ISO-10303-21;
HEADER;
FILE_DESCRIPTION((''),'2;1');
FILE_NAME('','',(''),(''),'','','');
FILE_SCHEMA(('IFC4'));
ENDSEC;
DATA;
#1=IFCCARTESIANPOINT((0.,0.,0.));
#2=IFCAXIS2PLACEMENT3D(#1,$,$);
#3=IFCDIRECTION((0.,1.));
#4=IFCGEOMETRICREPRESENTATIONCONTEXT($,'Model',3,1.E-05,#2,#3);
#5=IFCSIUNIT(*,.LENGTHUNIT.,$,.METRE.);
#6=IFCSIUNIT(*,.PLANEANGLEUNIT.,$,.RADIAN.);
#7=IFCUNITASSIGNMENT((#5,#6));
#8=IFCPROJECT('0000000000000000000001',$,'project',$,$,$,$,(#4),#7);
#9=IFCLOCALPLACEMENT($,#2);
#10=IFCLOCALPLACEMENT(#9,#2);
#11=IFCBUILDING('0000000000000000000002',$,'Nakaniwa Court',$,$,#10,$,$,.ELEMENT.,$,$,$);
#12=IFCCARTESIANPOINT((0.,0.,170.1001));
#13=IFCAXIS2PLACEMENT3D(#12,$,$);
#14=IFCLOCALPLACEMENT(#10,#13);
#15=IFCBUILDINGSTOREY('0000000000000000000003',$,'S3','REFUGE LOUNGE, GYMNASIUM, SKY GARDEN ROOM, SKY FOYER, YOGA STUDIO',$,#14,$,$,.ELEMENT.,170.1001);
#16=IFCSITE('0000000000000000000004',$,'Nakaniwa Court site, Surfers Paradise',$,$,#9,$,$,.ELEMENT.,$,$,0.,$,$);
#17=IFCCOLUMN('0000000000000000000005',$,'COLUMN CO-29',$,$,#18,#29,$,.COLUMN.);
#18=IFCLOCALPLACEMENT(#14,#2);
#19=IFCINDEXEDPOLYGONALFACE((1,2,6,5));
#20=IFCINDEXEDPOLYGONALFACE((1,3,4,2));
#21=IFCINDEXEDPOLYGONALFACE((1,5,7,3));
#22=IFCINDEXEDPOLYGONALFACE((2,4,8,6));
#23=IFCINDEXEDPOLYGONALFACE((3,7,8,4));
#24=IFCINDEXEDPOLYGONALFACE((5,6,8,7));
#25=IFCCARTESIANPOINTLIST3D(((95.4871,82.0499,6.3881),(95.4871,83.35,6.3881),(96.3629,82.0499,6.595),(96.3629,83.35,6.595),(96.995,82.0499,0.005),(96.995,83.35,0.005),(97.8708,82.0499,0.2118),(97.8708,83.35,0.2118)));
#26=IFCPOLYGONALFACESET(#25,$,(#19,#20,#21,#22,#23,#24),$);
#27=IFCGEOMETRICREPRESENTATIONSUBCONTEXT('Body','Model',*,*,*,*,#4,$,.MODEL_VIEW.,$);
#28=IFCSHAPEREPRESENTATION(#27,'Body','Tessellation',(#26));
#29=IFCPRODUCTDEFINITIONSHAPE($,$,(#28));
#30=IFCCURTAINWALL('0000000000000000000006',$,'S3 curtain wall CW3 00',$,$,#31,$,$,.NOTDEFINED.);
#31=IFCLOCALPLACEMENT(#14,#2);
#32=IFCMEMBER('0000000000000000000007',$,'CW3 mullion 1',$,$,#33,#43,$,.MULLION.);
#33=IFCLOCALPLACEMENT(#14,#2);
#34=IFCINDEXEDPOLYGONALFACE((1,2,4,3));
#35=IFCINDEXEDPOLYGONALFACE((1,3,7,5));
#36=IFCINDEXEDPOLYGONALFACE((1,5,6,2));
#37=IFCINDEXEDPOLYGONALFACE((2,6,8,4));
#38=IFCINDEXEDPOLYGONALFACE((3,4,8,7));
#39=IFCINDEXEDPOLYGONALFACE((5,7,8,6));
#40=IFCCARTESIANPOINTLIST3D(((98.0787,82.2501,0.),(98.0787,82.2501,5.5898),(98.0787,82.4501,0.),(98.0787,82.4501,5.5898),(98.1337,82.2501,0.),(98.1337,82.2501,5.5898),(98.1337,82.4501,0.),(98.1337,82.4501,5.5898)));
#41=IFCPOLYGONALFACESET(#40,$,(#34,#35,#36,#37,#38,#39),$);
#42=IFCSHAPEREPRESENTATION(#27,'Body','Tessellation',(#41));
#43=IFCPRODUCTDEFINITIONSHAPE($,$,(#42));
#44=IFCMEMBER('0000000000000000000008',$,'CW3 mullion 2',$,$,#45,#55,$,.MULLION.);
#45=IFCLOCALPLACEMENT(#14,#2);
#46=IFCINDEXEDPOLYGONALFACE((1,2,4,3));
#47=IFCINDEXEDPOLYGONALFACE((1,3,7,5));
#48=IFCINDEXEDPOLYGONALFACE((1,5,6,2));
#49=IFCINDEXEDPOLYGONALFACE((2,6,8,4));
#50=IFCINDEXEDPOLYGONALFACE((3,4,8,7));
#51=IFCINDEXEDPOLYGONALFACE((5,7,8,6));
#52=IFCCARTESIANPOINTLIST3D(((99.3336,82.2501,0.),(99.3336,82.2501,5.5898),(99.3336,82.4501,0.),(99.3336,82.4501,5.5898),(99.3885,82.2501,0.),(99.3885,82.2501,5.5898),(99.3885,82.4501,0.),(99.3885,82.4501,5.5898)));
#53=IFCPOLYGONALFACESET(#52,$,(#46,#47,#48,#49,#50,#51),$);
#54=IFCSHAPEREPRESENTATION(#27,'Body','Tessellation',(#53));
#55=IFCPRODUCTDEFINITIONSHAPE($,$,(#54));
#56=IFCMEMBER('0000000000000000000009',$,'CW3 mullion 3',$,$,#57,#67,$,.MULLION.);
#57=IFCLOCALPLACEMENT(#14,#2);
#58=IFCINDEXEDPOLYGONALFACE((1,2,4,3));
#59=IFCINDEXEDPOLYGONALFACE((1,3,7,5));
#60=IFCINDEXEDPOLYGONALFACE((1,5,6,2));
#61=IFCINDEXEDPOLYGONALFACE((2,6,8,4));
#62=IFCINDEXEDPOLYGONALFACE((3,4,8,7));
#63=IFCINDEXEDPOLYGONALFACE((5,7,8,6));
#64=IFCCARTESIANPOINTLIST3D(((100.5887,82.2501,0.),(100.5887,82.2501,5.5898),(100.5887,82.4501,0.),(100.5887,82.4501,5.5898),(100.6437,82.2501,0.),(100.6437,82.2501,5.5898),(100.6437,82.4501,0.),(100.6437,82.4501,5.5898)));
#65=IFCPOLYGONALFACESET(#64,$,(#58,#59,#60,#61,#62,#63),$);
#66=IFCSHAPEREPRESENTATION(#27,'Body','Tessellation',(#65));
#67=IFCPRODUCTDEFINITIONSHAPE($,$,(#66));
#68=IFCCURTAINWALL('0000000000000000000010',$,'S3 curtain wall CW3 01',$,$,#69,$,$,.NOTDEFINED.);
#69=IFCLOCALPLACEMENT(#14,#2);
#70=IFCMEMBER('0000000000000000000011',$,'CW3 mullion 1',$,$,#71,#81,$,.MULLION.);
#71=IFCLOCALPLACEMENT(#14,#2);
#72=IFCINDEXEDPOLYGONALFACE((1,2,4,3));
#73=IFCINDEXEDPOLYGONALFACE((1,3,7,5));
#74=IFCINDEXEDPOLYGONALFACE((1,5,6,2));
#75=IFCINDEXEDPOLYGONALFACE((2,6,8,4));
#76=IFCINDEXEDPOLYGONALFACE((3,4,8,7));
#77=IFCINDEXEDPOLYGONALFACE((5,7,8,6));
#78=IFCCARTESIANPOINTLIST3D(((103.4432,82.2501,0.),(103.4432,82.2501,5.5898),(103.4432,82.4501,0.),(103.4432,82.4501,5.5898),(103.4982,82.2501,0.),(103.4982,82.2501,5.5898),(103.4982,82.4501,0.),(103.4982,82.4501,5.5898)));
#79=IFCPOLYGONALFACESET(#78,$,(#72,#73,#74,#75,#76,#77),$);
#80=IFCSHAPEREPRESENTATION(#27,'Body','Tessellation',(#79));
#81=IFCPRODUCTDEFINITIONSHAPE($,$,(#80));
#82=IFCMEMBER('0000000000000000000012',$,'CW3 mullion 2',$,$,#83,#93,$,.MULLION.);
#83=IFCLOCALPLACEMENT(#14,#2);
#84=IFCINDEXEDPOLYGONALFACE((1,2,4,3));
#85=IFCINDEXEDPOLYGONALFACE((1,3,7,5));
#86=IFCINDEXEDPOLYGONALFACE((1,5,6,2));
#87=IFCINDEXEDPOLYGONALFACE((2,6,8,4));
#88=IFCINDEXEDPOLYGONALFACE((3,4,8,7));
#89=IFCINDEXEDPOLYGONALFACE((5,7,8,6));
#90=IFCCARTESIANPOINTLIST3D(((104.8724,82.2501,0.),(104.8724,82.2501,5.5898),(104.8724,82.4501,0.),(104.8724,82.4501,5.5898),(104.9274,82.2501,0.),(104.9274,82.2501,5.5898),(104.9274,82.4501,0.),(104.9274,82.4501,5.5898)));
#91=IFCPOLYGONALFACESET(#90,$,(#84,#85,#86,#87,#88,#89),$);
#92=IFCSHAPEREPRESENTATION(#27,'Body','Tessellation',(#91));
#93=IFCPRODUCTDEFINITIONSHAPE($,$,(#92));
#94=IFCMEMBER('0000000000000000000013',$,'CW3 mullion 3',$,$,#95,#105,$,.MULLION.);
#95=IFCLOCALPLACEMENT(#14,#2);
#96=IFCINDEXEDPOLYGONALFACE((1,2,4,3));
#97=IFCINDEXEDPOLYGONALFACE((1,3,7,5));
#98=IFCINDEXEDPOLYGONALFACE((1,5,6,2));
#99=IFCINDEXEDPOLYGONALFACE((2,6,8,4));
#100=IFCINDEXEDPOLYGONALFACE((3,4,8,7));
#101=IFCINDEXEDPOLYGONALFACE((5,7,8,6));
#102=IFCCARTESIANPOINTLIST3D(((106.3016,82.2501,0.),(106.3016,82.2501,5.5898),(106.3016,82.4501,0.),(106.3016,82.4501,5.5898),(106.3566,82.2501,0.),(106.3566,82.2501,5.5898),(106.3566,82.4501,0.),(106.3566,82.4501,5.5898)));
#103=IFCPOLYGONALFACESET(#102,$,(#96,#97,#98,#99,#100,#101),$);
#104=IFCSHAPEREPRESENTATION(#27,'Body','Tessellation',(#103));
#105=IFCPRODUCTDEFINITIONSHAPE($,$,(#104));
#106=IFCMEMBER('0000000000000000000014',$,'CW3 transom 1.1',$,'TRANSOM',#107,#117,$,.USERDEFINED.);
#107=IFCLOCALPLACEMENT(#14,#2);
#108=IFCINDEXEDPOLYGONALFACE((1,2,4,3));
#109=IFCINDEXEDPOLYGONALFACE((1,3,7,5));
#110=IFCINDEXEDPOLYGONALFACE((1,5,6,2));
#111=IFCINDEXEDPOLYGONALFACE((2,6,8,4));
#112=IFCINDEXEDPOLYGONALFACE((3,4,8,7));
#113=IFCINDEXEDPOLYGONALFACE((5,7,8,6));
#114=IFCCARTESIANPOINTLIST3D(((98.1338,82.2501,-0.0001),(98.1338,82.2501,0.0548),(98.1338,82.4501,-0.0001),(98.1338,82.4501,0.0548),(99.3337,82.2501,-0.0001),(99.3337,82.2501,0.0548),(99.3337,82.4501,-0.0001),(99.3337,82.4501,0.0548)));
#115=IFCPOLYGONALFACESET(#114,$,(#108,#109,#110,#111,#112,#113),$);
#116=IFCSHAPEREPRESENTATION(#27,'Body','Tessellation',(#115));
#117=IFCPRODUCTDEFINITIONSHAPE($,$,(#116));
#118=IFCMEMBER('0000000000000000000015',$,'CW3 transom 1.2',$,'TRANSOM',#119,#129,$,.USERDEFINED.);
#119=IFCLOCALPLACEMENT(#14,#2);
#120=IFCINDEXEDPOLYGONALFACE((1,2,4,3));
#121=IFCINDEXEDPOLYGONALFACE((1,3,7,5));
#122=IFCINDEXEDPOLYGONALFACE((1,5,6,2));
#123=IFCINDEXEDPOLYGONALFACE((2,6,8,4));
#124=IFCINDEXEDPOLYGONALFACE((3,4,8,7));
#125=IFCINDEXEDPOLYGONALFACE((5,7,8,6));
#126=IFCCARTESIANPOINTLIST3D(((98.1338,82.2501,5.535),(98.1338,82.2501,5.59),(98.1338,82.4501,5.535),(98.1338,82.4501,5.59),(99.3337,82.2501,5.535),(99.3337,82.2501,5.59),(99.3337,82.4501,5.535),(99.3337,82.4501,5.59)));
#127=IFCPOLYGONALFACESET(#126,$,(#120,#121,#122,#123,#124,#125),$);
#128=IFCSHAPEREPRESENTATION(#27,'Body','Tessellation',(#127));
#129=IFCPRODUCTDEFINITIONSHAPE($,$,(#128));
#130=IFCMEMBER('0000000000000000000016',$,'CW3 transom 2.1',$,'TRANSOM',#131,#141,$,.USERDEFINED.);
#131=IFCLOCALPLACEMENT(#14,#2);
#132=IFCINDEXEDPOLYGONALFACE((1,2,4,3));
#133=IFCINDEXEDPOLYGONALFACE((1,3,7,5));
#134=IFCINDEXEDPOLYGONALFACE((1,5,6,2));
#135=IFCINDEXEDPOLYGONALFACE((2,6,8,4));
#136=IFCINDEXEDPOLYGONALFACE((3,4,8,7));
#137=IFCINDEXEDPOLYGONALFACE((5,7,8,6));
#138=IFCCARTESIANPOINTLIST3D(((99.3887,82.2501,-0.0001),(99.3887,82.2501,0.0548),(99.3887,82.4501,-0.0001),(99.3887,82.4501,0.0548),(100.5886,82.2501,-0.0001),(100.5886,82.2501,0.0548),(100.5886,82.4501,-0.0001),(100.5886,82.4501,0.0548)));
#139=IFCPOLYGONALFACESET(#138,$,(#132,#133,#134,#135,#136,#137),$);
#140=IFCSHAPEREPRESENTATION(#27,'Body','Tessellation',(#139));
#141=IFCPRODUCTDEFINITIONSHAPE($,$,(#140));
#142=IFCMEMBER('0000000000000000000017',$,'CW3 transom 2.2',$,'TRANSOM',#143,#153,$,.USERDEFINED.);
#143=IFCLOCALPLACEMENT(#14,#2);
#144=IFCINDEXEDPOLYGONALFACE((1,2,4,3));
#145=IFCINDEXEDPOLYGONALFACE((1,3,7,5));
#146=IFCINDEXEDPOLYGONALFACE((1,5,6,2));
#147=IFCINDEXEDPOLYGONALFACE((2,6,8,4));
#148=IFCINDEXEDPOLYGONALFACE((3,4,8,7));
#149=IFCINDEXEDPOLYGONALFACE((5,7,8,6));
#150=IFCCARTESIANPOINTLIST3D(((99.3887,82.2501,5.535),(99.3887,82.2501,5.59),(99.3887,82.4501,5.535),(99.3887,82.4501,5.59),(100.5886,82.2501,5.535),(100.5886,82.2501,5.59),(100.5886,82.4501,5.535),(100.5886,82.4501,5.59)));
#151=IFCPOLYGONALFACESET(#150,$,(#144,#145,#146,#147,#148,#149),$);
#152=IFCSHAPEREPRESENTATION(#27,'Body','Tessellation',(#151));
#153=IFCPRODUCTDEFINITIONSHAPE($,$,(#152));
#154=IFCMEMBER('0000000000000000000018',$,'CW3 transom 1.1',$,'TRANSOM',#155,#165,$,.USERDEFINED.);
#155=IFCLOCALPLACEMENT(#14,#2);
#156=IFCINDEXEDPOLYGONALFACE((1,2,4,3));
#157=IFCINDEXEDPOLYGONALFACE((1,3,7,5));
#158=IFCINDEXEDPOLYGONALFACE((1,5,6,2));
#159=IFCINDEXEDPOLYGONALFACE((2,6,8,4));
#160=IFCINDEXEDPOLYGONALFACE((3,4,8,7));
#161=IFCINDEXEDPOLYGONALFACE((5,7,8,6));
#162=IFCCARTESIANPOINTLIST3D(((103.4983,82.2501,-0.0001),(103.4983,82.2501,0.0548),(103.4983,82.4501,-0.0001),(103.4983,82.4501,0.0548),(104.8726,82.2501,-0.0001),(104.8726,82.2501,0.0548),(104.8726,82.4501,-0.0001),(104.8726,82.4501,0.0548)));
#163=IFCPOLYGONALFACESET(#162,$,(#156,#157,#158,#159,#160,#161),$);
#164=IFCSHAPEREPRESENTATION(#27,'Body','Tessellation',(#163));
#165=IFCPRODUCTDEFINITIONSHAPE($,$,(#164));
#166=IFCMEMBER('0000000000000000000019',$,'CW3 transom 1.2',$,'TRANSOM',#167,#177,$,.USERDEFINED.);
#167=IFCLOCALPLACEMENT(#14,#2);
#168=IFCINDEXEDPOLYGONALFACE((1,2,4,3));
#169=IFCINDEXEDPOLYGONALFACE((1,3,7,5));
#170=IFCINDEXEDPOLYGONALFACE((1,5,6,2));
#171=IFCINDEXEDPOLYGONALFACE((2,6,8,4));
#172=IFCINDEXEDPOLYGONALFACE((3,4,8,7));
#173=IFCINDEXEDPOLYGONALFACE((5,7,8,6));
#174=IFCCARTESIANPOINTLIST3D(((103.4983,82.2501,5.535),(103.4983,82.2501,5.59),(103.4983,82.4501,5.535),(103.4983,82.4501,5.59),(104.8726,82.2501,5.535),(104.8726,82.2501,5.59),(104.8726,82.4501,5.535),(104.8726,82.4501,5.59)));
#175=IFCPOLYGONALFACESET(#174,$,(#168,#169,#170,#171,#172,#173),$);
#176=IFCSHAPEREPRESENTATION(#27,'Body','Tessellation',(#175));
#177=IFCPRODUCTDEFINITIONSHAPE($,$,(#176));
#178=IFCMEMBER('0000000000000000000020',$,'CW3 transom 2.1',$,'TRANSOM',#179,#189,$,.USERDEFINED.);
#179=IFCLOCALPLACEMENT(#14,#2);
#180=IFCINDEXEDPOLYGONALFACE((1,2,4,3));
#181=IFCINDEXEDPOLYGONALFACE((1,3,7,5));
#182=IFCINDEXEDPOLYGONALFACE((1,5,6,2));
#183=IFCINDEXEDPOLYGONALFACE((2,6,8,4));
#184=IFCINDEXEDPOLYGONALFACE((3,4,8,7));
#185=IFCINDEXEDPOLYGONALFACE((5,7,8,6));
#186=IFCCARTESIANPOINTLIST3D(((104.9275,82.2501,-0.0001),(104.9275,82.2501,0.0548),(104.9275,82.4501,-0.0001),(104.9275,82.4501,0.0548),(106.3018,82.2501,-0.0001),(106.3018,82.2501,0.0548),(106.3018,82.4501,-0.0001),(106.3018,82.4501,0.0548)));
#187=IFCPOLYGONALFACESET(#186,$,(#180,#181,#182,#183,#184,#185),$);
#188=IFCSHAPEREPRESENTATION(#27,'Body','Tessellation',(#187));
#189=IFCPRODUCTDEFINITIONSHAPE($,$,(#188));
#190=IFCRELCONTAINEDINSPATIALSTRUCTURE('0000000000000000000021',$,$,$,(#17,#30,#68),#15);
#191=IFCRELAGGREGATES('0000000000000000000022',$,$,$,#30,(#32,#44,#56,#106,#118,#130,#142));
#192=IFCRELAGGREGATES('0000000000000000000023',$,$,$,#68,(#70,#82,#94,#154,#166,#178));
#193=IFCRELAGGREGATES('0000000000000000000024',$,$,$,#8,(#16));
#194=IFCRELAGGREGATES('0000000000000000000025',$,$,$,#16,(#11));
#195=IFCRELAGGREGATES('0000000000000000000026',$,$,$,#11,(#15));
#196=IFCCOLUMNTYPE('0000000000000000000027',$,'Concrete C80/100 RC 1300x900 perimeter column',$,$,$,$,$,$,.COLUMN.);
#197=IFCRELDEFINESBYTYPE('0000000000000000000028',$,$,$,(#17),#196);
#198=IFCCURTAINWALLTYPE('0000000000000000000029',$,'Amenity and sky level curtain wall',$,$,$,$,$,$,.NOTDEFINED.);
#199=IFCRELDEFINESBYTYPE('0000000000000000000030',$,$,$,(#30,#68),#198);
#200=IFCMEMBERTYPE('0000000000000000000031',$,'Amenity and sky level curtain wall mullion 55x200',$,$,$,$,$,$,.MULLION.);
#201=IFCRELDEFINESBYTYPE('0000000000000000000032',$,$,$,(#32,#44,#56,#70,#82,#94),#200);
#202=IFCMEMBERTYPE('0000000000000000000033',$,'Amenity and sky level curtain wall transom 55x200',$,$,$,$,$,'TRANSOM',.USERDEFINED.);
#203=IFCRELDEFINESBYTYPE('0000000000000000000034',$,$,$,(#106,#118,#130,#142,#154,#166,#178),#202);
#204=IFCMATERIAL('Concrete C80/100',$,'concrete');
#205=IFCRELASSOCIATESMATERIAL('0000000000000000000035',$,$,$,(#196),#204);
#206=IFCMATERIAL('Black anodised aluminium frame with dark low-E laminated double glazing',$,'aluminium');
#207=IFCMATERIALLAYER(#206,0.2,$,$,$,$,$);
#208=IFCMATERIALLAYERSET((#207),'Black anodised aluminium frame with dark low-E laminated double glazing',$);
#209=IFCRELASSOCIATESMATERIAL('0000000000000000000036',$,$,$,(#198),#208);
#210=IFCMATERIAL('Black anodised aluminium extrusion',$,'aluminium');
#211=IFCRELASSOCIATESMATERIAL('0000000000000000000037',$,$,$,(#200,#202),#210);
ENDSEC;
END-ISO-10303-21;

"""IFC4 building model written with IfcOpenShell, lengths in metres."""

from ifc_helpers import new_model, si_unit, direction, frame, origin, origin_2d, place, context, subcontext, project, spatial, rectangle, extrude, material, layer, layer_set, material_profile, profile_set, type_object, element, aggregate, save


model = new_model("IFC4")

# Units and contexts
model_context = context("Model", 3, precision=1e-05, world=origin(), true_north=direction((0.0, 1.0)))
body_context = subcontext(model_context, "Body", "Model", "MODEL_VIEW")
ifc_project = project(units=[si_unit("LENGTHUNIT", "METRE"), si_unit("PLANEANGLEUNIT", "RADIAN")], contexts=[model_context])

# Site, building, storey
site_placement = place(None, origin())
site = spatial("IfcSite", under=ifc_project, at=site_placement, Name="Nakaniwa Court site, Surfers Paradise", CompositionType="ELEMENT", RefElevation=0.0)
building_placement = place(site_placement, origin())
building = spatial("IfcBuilding", under=site, at=building_placement, Name="Nakaniwa Court", CompositionType="ELEMENT")
storey_placement = place(building_placement, frame((0.0, 0.0, 170.1001)))
storey = spatial("IfcBuildingStorey", under=building, at=storey_placement, Name="S3", Description="REFUGE LOUNGE, GYMNASIUM, SKY GARDEN ROOM, SKY FOYER, YOGA STUDIO", CompositionType="ELEMENT", Elevation=170.1001)

# Column
ifc_material_1 = material(Name="Concrete C80/100", Category="concrete")
ifc_material_profile_1 = material_profile(ifc_material_1, rectangle(XDim=1.3, YDim=0.8999, at=origin_2d()), Name="Concrete C80/100 RC 1300x900 perimeter column")
ifc_profile_set_1 = profile_set([ifc_material_profile_1], Name="Concrete C80/100")
column_type = type_object("IfcColumnType", Name="Concrete C80/100 RC 1300x900 perimeter column", PredefinedType="COLUMN", material=ifc_profile_set_1)
column_placement = place(storey_placement, frame((97.4329, 82.7, 0.1084), z_axis=(-0.229894, 0.0, 0.973216), x_axis=(0.0, -1.0, 0.0)))
element("IfcColumn", 1, at=column_placement, inside=storey, type_object=column_type, Name="COLUMN CO-29", PredefinedType="COLUMN", context=body_context, shape_type="SweptSolid", body=[
    extrude(rectangle(XDim=1.3, YDim=0.8999, at=origin_2d()), origin(), (0.0, 0.0, 1.0), 6.5588),
])

# Curtain walls, members
ifc_material_2 = material(Name="Black anodised aluminium frame with dark low-E laminated double glazing", Category="aluminium")
ifc_layer_1 = layer(ifc_material_2, 0.2)
ifc_layer_set_1 = layer_set([ifc_layer_1], Name="Black anodised aluminium frame with dark low-E laminated double glazing")
curtain_wall_type = type_object("IfcCurtainWallType", Name="Amenity and sky level curtain wall", PredefinedType="NOTDEFINED", material=ifc_layer_set_1)
curtain_wall_1_placement = place(storey_placement, origin())
curtain_wall_1 = element("IfcCurtainWall", 2, at=curtain_wall_1_placement, inside=storey, type_object=curtain_wall_type, Name="S3 curtain wall CW3 00", PredefinedType="NOTDEFINED")
ifc_material_3 = material(Name="Black anodised aluminium extrusion", Category="aluminium")
ifc_material_profile_2 = material_profile(ifc_material_3, rectangle(XDim=0.2, YDim=0.0549, at=origin_2d()), Name="Amenity and sky level curtain wall mullion 55x200")
ifc_profile_set_2 = profile_set([ifc_material_profile_2], Name="Black anodised aluminium extrusion")
member_type_1 = type_object("IfcMemberType", Name="Amenity and sky level curtain wall mullion 55x200", PredefinedType="MULLION", material=ifc_profile_set_2)
member_1_placement = place(storey_placement, frame((98.1062, 82.3501, 0.0), z_axis=(0.0, 0.0, 1.0), x_axis=(0.0, 1.0, 0.0)))
member_1 = element("IfcMember", 3, at=member_1_placement, type_object=member_type_1, Name="CW3 mullion 1", PredefinedType="MULLION", context=body_context, shape_type="SweptSolid", body=[
    extrude(rectangle(XDim=0.2, YDim=0.0549, at=origin_2d()), origin(), (0.0, 0.0, 1.0), 5.5898),
])
member_2_placement = place(storey_placement, frame((99.3611, 82.3501, 0.0), z_axis=(0.0, 0.0, 1.0), x_axis=(0.0, 1.0, 0.0)))
member_2 = element("IfcMember", 4, at=member_2_placement, type_object=member_type_1, Name="CW3 mullion 2", PredefinedType="MULLION", context=body_context, shape_type="SweptSolid", body=[
    extrude(rectangle(XDim=0.2, YDim=0.0549, at=origin_2d()), origin(), (0.0, 0.0, 1.0), 5.5898),
])
member_3_placement = place(storey_placement, frame((100.6162, 82.3501, 0.0), z_axis=(0.0, 0.0, 1.0), x_axis=(0.0, 1.0, 0.0)))
member_3 = element("IfcMember", 5, at=member_3_placement, type_object=member_type_1, Name="CW3 mullion 3", PredefinedType="MULLION", context=body_context, shape_type="SweptSolid", body=[
    extrude(rectangle(XDim=0.2, YDim=0.0549, at=origin_2d()), origin(), (0.0, 0.0, 1.0), 5.5898),
])
curtain_wall_2_placement = place(storey_placement, origin())
curtain_wall_2 = element("IfcCurtainWall", 6, at=curtain_wall_2_placement, inside=storey, type_object=curtain_wall_type, Name="S3 curtain wall CW3 01", PredefinedType="NOTDEFINED")
member_4_placement = place(storey_placement, frame((103.4707, 82.3501, 0.0), z_axis=(0.0, 0.0, 1.0), x_axis=(0.0, 1.0, 0.0)))
member_4 = element("IfcMember", 7, at=member_4_placement, type_object=member_type_1, Name="CW3 mullion 1", PredefinedType="MULLION", context=body_context, shape_type="SweptSolid", body=[
    extrude(rectangle(XDim=0.2, YDim=0.0549, at=origin_2d()), origin(), (0.0, 0.0, 1.0), 5.5898),
])
member_5_placement = place(storey_placement, frame((104.8999, 82.3501, 0.0), z_axis=(0.0, 0.0, 1.0), x_axis=(0.0, 1.0, 0.0)))
member_5 = element("IfcMember", 8, at=member_5_placement, type_object=member_type_1, Name="CW3 mullion 2", PredefinedType="MULLION", context=body_context, shape_type="SweptSolid", body=[
    extrude(rectangle(XDim=0.2, YDim=0.0549, at=origin_2d()), origin(), (0.0, 0.0, 1.0), 5.5898),
])
member_6_placement = place(storey_placement, frame((106.3291, 82.3501, 0.0), z_axis=(0.0, 0.0, 1.0), x_axis=(0.0, 1.0, 0.0)))
member_6 = element("IfcMember", 9, at=member_6_placement, type_object=member_type_1, Name="CW3 mullion 3", PredefinedType="MULLION", context=body_context, shape_type="SweptSolid", body=[
    extrude(rectangle(XDim=0.2, YDim=0.0549, at=origin_2d()), origin(), (0.0, 0.0, 1.0), 5.5898),
])

# Members
ifc_material_profile_3 = material_profile(ifc_material_3, rectangle(XDim=0.2, YDim=0.0549, at=origin_2d()), Name="Amenity and sky level curtain wall transom 55x200")
ifc_profile_set_3 = profile_set([ifc_material_profile_3], Name="Black anodised aluminium extrusion")
member_type_2 = type_object("IfcMemberType", Name="Amenity and sky level curtain wall transom 55x200", ElementType="TRANSOM", PredefinedType="USERDEFINED", material=ifc_profile_set_3)
member_7_placement = place(storey_placement, frame((98.1338, 82.3501, 0.0273), z_axis=(1.0, 0.0, 0.0), x_axis=(0.0, 1.0, 0.0)))
member_7 = element("IfcMember", 10, at=member_7_placement, type_object=member_type_2, Name="CW3 transom 1.1", ObjectType="TRANSOM", PredefinedType="USERDEFINED", context=body_context, shape_type="SweptSolid", body=[
    extrude(rectangle(XDim=0.2, YDim=0.0549, at=origin_2d()), origin(), (0.0, 0.0, 1.0), 1.2),
])
member_8_placement = place(storey_placement, frame((98.1338, 82.3501, 5.5625), z_axis=(1.0, 0.0, 0.0), x_axis=(0.0, 1.0, 0.0)))
member_8 = element("IfcMember", 11, at=member_8_placement, type_object=member_type_2, Name="CW3 transom 1.2", ObjectType="TRANSOM", PredefinedType="USERDEFINED", context=body_context, shape_type="SweptSolid", body=[
    extrude(rectangle(XDim=0.2, YDim=0.0549, at=origin_2d()), origin(), (0.0, 0.0, 1.0), 1.2),
])
member_9_placement = place(storey_placement, frame((99.3887, 82.3501, 0.0273), z_axis=(1.0, 0.0, 0.0), x_axis=(0.0, 1.0, 0.0)))
member_9 = element("IfcMember", 12, at=member_9_placement, type_object=member_type_2, Name="CW3 transom 2.1", ObjectType="TRANSOM", PredefinedType="USERDEFINED", context=body_context, shape_type="SweptSolid", body=[
    extrude(rectangle(XDim=0.2, YDim=0.0549, at=origin_2d()), origin(), (0.0, 0.0, 1.0), 1.2),
])
member_10_placement = place(storey_placement, frame((99.3887, 82.3501, 5.5625), z_axis=(1.0, 0.0, 0.0), x_axis=(0.0, 1.0, 0.0)))
member_10 = element("IfcMember", 13, at=member_10_placement, type_object=member_type_2, Name="CW3 transom 2.2", ObjectType="TRANSOM", PredefinedType="USERDEFINED", context=body_context, shape_type="SweptSolid", body=[
    extrude(rectangle(XDim=0.2, YDim=0.0549, at=origin_2d()), origin(), (0.0, 0.0, 1.0), 1.2),
])
member_11_placement = place(storey_placement, frame((103.4983, 82.3501, 0.0273), z_axis=(1.0, 0.0, 0.0), x_axis=(0.0, 1.0, 0.0)))
member_11 = element("IfcMember", 14, at=member_11_placement, type_object=member_type_2, Name="CW3 transom 1.1", ObjectType="TRANSOM", PredefinedType="USERDEFINED", context=body_context, shape_type="SweptSolid", body=[
    extrude(rectangle(XDim=0.2, YDim=0.0549, at=origin_2d()), origin(), (0.0, 0.0, 1.0), 1.3743),
])
member_12_placement = place(storey_placement, frame((103.4983, 82.3501, 5.5625), z_axis=(1.0, 0.0, 0.0), x_axis=(0.0, 1.0, 0.0)))
member_12 = element("IfcMember", 15, at=member_12_placement, type_object=member_type_2, Name="CW3 transom 1.2", ObjectType="TRANSOM", PredefinedType="USERDEFINED", context=body_context, shape_type="SweptSolid", body=[
    extrude(rectangle(XDim=0.2, YDim=0.0549, at=origin_2d()), origin(), (0.0, 0.0, 1.0), 1.3743),
])
member_13_placement = place(storey_placement, frame((104.9275, 82.3501, 0.0273), z_axis=(1.0, 0.0, 0.0), x_axis=(0.0, 1.0, 0.0)))
member_13 = element("IfcMember", 16, at=member_13_placement, type_object=member_type_2, Name="CW3 transom 2.1", ObjectType="TRANSOM", PredefinedType="USERDEFINED", context=body_context, shape_type="SweptSolid", body=[
    extrude(rectangle(XDim=0.2, YDim=0.0549, at=origin_2d()), origin(), (0.0, 0.0, 1.0), 1.3743),
])

aggregate(curtain_wall_1, [member_1, member_2, member_3, member_7, member_8, member_9, member_10])
aggregate(curtain_wall_2, [member_4, member_5, member_6, member_11, member_12, member_13])

save(model, "model.ifc")
